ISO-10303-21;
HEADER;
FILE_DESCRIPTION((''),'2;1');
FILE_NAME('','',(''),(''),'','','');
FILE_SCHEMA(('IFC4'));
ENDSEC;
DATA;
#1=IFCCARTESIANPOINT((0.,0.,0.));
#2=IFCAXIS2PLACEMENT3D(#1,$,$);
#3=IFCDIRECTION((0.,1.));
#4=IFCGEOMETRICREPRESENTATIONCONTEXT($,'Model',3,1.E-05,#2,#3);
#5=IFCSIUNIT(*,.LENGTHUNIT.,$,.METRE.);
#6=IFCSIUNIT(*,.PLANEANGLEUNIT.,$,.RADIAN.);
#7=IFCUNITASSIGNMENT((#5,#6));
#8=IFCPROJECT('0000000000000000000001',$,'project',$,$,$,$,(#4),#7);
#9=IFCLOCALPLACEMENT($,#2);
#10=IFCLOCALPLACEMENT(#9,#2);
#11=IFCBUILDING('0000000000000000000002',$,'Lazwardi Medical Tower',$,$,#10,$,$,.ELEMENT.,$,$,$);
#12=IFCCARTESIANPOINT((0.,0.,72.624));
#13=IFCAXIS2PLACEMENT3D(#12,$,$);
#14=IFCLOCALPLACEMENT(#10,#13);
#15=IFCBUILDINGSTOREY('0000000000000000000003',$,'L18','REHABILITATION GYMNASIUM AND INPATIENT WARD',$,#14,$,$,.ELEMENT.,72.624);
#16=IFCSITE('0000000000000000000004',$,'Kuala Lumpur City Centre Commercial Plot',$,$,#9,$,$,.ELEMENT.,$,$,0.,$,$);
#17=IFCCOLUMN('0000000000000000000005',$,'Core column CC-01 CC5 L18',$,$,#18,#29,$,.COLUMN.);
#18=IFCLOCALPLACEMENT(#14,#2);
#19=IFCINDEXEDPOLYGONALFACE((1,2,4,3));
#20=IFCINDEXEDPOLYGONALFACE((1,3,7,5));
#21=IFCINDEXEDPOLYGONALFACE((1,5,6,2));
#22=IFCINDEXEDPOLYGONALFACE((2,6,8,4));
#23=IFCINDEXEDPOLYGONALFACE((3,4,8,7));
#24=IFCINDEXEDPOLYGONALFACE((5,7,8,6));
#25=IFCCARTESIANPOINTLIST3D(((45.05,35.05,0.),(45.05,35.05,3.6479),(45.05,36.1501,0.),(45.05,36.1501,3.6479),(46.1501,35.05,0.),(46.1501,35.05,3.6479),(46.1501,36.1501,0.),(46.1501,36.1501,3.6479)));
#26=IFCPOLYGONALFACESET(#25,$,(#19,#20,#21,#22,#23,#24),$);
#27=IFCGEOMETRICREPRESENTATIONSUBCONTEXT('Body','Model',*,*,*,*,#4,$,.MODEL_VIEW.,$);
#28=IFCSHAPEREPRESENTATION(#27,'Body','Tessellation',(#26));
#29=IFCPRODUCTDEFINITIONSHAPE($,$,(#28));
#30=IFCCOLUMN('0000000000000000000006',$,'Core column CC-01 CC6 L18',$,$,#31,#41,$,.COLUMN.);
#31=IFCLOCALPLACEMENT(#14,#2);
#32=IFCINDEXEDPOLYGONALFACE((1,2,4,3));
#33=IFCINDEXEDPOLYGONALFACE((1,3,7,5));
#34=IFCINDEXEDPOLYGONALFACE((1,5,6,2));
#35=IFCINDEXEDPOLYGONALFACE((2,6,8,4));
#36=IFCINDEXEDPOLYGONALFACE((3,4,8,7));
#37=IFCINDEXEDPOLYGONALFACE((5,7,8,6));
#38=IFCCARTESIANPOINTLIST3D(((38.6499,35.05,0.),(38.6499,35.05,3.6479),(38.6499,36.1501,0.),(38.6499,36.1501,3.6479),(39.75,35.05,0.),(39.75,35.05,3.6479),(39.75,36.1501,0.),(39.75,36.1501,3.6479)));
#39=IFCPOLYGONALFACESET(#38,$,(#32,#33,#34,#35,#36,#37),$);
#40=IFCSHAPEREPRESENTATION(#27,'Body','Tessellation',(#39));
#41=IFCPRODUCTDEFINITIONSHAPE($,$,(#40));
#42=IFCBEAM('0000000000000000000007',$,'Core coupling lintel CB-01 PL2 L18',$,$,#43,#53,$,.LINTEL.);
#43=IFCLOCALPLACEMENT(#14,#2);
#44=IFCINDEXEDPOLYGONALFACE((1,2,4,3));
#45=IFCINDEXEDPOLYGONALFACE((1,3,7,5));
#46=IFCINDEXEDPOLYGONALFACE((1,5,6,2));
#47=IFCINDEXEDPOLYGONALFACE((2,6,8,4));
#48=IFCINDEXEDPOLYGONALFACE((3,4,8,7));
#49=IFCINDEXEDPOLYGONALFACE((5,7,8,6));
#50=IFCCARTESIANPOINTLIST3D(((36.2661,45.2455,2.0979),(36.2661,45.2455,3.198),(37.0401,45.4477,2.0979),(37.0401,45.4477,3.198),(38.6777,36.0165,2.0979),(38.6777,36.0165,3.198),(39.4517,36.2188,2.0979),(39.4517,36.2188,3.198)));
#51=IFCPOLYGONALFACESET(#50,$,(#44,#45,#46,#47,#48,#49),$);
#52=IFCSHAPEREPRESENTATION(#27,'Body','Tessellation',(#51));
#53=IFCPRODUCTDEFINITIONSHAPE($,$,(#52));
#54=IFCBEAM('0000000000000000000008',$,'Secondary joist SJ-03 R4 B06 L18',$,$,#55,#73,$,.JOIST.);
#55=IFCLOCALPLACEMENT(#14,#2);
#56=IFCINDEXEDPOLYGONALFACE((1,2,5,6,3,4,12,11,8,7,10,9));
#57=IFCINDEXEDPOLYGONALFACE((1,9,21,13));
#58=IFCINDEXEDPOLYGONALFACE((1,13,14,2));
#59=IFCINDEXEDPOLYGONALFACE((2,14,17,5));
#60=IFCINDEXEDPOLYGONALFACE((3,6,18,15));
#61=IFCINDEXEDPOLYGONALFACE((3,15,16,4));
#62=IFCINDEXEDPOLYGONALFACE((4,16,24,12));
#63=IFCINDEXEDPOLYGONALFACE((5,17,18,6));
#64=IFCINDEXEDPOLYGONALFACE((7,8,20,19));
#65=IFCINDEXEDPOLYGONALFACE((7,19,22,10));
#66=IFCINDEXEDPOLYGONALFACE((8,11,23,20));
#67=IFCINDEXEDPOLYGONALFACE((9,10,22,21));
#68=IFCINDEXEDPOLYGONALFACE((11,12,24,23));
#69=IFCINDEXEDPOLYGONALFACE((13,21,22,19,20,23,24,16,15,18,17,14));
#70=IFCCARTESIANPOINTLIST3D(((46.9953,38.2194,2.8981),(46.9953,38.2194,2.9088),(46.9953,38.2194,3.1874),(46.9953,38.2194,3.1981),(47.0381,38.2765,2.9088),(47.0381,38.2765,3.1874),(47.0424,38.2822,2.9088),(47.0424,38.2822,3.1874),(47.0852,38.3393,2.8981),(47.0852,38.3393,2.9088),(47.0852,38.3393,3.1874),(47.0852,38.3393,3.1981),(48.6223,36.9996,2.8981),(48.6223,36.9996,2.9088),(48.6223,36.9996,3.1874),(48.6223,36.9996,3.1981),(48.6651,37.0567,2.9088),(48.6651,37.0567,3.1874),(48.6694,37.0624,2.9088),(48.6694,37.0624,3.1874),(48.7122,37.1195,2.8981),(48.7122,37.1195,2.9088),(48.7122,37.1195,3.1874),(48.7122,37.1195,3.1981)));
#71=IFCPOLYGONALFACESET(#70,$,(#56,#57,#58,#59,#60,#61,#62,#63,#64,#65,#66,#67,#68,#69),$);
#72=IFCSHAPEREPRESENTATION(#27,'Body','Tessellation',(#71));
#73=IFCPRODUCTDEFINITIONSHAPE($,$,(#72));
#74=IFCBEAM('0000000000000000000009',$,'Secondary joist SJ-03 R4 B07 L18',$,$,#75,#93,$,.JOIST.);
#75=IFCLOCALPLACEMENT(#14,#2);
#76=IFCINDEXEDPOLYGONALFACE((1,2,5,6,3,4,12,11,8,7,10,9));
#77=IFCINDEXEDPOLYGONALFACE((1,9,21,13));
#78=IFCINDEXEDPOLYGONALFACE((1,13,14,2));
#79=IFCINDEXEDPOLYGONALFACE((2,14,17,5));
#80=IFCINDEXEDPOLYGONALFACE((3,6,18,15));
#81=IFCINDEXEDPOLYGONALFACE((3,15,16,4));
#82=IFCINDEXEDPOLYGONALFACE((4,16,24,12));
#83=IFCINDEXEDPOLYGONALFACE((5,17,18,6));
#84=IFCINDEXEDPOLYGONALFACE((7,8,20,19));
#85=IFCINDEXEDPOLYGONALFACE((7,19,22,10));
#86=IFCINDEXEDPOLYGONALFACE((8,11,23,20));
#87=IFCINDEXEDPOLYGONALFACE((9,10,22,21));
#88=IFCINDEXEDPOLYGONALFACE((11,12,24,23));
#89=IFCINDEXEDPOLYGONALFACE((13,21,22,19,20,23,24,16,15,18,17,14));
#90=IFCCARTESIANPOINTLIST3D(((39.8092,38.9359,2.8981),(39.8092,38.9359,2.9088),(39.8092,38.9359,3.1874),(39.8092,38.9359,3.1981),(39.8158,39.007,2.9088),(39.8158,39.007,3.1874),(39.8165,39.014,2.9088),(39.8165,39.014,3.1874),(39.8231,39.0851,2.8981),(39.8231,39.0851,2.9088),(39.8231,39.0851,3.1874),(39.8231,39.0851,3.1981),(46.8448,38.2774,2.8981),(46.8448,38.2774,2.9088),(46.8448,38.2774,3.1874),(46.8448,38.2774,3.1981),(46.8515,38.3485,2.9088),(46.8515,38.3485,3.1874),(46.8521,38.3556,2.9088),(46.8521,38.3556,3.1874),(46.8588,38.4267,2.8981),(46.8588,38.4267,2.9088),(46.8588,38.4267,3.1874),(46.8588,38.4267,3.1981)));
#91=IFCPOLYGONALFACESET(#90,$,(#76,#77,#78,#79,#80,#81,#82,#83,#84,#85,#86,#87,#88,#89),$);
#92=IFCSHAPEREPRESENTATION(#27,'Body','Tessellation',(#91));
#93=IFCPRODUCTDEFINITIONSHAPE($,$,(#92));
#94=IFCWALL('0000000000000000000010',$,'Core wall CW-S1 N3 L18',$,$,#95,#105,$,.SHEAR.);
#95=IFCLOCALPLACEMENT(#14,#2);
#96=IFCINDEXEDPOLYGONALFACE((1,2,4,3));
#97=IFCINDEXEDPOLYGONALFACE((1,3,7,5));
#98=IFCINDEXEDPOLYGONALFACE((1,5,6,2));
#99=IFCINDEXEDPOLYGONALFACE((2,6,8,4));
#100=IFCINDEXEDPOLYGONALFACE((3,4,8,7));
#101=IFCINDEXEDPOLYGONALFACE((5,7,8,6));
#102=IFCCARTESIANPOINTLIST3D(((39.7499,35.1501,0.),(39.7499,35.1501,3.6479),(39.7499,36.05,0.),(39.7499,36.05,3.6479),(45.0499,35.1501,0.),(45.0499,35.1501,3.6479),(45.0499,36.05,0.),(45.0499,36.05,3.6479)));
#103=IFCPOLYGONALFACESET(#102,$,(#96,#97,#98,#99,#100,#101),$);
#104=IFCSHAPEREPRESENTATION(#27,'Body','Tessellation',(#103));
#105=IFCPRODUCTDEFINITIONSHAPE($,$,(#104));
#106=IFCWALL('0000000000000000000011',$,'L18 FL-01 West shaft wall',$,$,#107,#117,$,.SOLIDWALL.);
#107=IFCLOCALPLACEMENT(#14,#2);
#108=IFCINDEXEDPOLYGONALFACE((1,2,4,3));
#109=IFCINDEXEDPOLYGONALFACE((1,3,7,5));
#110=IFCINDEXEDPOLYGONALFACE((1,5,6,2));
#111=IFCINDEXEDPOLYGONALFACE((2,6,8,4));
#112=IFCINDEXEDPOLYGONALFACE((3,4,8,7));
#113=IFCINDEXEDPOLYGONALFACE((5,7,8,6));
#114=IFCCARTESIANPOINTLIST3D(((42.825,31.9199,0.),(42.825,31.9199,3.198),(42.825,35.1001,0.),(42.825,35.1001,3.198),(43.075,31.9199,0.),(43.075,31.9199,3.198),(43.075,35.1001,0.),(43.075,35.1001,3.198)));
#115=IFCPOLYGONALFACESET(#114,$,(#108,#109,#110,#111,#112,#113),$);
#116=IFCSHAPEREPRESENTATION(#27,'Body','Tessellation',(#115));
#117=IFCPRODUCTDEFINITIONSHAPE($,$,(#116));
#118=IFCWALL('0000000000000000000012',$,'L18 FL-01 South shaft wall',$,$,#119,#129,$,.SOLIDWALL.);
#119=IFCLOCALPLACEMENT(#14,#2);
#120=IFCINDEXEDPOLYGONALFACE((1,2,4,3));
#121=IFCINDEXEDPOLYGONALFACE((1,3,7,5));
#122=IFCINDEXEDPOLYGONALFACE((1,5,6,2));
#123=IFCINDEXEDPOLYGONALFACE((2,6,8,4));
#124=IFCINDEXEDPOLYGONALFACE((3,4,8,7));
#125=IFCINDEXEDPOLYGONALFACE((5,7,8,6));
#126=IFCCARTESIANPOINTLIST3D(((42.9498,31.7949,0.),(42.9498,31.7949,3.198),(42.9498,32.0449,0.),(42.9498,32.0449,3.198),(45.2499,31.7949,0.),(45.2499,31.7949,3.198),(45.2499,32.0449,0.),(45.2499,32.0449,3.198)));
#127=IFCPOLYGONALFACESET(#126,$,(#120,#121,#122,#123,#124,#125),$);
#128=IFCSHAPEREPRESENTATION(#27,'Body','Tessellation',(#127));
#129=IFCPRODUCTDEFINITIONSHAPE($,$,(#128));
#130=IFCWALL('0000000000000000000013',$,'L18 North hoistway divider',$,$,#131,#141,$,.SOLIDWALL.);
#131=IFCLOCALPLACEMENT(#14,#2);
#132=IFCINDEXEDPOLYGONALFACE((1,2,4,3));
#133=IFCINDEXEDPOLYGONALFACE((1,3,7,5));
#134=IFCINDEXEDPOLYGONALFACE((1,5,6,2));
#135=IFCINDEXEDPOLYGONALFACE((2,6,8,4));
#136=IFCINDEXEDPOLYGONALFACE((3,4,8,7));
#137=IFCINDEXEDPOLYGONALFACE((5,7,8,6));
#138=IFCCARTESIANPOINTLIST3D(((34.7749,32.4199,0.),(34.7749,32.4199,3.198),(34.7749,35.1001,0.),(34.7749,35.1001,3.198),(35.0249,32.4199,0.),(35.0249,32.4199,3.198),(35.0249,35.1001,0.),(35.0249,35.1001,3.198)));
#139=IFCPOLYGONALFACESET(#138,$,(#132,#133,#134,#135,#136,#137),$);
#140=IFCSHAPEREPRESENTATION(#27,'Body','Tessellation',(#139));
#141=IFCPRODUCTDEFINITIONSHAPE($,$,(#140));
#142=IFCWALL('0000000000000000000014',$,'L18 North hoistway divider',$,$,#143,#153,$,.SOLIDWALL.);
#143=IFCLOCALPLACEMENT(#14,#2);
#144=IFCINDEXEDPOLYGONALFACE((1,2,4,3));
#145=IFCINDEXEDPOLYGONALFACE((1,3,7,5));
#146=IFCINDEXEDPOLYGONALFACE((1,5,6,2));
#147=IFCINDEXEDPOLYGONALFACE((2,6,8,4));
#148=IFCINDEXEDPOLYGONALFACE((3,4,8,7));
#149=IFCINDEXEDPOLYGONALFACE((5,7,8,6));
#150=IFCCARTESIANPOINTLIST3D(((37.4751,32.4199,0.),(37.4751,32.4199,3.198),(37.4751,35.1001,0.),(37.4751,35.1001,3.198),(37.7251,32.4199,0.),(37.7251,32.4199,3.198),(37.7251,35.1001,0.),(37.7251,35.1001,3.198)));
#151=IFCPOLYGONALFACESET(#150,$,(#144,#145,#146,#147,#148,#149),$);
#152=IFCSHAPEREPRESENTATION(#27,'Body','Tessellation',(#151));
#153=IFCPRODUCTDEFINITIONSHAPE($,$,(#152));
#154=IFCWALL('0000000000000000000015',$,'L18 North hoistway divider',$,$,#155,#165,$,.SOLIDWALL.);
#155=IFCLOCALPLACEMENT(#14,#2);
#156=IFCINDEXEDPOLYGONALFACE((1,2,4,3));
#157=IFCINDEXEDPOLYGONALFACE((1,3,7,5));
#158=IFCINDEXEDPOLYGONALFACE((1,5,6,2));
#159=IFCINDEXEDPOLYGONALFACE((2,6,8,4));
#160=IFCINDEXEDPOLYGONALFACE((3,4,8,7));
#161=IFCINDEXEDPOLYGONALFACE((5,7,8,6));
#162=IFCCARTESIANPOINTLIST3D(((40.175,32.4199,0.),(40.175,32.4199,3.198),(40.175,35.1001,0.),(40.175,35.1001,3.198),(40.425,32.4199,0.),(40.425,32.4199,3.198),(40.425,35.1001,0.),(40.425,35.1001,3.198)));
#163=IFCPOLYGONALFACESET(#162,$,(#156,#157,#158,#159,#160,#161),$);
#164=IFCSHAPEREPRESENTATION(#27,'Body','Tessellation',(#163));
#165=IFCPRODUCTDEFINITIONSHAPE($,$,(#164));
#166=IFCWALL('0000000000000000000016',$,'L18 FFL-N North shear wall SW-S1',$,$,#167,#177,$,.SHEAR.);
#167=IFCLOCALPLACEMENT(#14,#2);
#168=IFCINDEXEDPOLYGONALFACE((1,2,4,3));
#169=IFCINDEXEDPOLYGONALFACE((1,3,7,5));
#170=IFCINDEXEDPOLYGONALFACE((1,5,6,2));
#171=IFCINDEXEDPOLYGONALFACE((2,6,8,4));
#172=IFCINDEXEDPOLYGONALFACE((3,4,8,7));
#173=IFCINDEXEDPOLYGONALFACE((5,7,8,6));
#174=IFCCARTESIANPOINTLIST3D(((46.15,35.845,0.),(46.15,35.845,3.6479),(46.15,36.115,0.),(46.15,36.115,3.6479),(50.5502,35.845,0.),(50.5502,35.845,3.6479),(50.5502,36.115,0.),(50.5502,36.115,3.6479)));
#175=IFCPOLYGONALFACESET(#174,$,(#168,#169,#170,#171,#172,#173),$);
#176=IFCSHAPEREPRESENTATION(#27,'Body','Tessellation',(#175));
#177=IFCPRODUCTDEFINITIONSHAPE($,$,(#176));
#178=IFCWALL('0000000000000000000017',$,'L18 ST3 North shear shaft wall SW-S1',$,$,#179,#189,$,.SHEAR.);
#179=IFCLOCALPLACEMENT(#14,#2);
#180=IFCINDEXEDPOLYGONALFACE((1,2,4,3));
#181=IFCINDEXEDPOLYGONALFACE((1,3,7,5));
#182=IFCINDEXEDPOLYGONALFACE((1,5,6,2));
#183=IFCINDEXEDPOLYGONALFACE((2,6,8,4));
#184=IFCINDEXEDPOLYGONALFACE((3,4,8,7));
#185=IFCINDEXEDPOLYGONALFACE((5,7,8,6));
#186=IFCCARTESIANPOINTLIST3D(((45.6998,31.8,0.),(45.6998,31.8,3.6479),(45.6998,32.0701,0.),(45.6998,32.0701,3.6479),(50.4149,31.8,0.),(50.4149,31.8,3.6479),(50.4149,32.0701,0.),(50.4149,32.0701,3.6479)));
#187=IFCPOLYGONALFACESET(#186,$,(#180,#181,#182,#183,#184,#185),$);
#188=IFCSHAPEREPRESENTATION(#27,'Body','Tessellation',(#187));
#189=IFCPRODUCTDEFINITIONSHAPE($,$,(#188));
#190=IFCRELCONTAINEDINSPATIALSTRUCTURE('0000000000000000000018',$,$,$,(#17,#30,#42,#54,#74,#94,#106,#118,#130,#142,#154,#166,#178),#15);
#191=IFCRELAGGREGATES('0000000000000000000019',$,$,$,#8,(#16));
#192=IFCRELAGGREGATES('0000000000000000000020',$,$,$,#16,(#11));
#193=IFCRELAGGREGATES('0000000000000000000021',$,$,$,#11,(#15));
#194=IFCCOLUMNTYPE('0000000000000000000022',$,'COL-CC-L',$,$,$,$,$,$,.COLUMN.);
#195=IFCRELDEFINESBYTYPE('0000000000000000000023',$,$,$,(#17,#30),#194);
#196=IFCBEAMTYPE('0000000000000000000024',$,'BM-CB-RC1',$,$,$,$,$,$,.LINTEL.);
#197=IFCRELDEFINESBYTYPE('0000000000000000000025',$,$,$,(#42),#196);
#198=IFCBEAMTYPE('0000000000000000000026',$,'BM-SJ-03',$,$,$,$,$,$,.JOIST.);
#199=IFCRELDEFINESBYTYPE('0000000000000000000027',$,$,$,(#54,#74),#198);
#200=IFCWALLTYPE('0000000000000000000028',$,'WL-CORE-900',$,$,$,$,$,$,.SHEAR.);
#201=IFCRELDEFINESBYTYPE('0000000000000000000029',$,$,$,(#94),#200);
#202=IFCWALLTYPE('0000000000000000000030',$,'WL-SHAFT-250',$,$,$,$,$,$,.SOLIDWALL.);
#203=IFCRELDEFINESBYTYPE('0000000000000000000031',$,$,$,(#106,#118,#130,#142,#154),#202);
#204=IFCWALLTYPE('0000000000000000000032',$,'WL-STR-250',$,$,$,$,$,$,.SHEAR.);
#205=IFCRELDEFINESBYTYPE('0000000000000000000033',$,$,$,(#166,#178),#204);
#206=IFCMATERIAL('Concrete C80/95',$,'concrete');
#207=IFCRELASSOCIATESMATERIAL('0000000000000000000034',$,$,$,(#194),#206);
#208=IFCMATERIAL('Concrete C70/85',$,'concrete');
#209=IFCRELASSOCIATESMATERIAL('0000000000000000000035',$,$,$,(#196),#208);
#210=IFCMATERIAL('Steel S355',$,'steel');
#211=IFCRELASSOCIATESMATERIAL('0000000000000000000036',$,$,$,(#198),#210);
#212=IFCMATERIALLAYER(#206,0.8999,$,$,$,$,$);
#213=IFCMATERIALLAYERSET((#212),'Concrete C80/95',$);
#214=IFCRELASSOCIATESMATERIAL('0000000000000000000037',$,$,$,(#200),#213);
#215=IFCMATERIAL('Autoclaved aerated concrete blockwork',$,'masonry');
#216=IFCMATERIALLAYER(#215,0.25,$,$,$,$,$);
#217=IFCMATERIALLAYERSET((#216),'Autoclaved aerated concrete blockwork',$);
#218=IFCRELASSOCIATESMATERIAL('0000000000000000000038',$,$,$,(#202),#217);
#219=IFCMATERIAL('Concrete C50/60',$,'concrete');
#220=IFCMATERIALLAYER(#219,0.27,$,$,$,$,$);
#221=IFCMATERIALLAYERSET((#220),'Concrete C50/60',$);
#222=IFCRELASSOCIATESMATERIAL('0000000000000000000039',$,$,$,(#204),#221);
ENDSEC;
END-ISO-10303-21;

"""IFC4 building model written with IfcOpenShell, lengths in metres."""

from ifc_helpers import new_model, si_unit, direction, frame, frame_2d, origin, origin_2d, place, context, subcontext, project, spatial, rectangle, i_section, extrude, material, layer, layer_set, material_profile, profile_set, type_object, element, save


model = new_model("IFC4")

# Units and contexts
model_context = context("Model", 3, precision=1e-05, world=origin(), true_north=direction((0.0, 1.0)))
body_context = subcontext(model_context, "Body", "Model", "MODEL_VIEW")
ifc_project = project(units=[si_unit("LENGTHUNIT", "METRE"), si_unit("PLANEANGLEUNIT", "RADIAN")], contexts=[model_context])

# Site, building, storey
site_placement = place(None, origin())
site = spatial("IfcSite", under=ifc_project, at=site_placement, Name="Kuala Lumpur City Centre Commercial Plot", CompositionType="ELEMENT", RefElevation=0.0)
building_placement = place(site_placement, origin())
building = spatial("IfcBuilding", under=site, at=building_placement, Name="Lazwardi Medical Tower", CompositionType="ELEMENT")
storey_placement = place(building_placement, frame((0.0, 0.0, 72.624)))
storey = spatial("IfcBuildingStorey", under=building, at=storey_placement, Name="L18", Description="REHABILITATION GYMNASIUM AND INPATIENT WARD", CompositionType="ELEMENT", Elevation=72.624)

# Columns
ifc_material_1 = material(Name="Concrete C80/95", Category="concrete")
ifc_material_profile_1 = material_profile(ifc_material_1, rectangle(XDim=1.1001, YDim=1.1001, at=origin_2d()), Name="RC 1100x1100")
ifc_profile_set_1 = profile_set([ifc_material_profile_1], Name="Concrete C80/95")
column_type = type_object("IfcColumnType", Name="COL-CC-L", PredefinedType="COLUMN", material=ifc_profile_set_1)
for number, where, z_axis, x_axis, name in (
    (1, (45.6001, 35.6001, 0.0), (0.0, 0.0, 1.0), (1.0, 0.0, 0.0), "Core column CC-01 CC5 L18"),
    (2, (39.2, 35.6001, 0.0), (0.0, 0.0, 1.0), (1.0, 0.0, 0.0), "Core column CC-01 CC6 L18"),
):
    element("IfcColumn", number, at=place(storey_placement, frame(where, z_axis=z_axis, x_axis=x_axis)), inside=storey, type_object=column_type, Name=name, PredefinedType="COLUMN", context=body_context, shape_type="SweptSolid", body=[
        extrude(rectangle(XDim=1.1001, YDim=1.1001, at=origin_2d()), origin(), (0.0, 0.0, 1.0), 3.6479),
    ])

# Beams
ifc_material_2 = material(Name="Concrete C70/85", Category="concrete")
ifc_material_profile_2 = material_profile(ifc_material_2, rectangle(XDim=0.8, YDim=1.1001, at=origin_2d()), Name="RC 800x1100")
ifc_profile_set_2 = profile_set([ifc_material_profile_2], Name="Concrete C70/85")
beam_type_1 = type_object("IfcBeamType", Name="BM-CB-RC1", PredefinedType="LINTEL", material=ifc_profile_set_2)
beam_1_placement = place(storey_placement, frame((39.0647, 36.1177, 2.6479), z_axis=(-0.25282, 0.967513, 0.0), x_axis=(-0.967513, -0.25282, 0.0)))
element("IfcBeam", 3, at=beam_1_placement, inside=storey, type_object=beam_type_1, Name="Core coupling lintel CB-01 PL2 L18", PredefinedType="LINTEL", context=body_context, shape_type="SweptSolid", body=[
    extrude(rectangle(XDim=0.8, YDim=1.1001, at=origin_2d()), origin(), (0.0, 0.0, 1.0), 9.5388),
])
ifc_material_3 = material(Name="Steel S355", Category="steel")
ifc_material_profile_3 = material_profile(ifc_material_3, i_section(OverallWidth=0.1499, OverallDepth=0.3, WebThickness=0.0071, FlangeThickness=0.0107, at=origin_2d()), Name="IPE 300")
ifc_profile_set_3 = profile_set([ifc_material_profile_3], Name="Steel S355")
beam_type_2 = type_object("IfcBeamType", Name="BM-SJ-03", PredefinedType="JOIST", material=ifc_profile_set_3)
beam_2_placement = place(storey_placement, frame((48.6672, 37.0596, 3.0481), z_axis=(-0.800115, 0.599846, 0.0), x_axis=(-0.599846, -0.800115, 0.0)))
element("IfcBeam", 4, at=beam_2_placement, inside=storey, type_object=beam_type_2, Name="Secondary joist SJ-03 R4 B06 L18", PredefinedType="JOIST", context=body_context, shape_type="SweptSolid", body=[
    extrude(i_section(OverallWidth=0.1499, OverallDepth=0.3, WebThickness=0.0071, FlangeThickness=0.0107, at=origin_2d()), origin(), (0.0, 0.0, 1.0), 2.0334),
])
beam_3_placement = place(storey_placement, frame((46.8518, 38.3521, 3.0481), z_axis=(-0.995649, 0.09318, 0.0), x_axis=(-0.09318, -0.995649, 0.0)))
element("IfcBeam", 5, at=beam_3_placement, inside=storey, type_object=beam_type_2, Name="Secondary joist SJ-03 R4 B07 L18", PredefinedType="JOIST", context=body_context, shape_type="SweptSolid", body=[
    extrude(i_section(OverallWidth=0.1499, OverallDepth=0.3, WebThickness=0.0071, FlangeThickness=0.0107, at=origin_2d()), origin(), (0.0, 0.0, 1.0), 7.0664),
])

# Walls
ifc_layer_1 = layer(ifc_material_1, 0.8999)
ifc_layer_set_1 = layer_set([ifc_layer_1], Name="Concrete C80/95")
wall_type_1 = type_object("IfcWallType", Name="WL-CORE-900", PredefinedType="SHEAR", material=ifc_layer_set_1)
wall_1_placement = place(storey_placement, frame((39.75, 35.6001, 0.0), z_axis=(0.0, 0.0, 1.0), x_axis=(1.0, 0.0, 0.0)))
element("IfcWall", 6, at=wall_1_placement, inside=storey, type_object=wall_type_1, Name="Core wall CW-S1 N3 L18", PredefinedType="SHEAR", context=body_context, shape_type="SweptSolid", body=[
    extrude(rectangle(XDim=5.3, YDim=0.8999, at=frame_2d((2.6499, 0.0))), origin(), (0.0, 0.0, 1.0), 3.6479),
])
ifc_material_4 = material(Name="Autoclaved aerated concrete blockwork", Category="masonry")
ifc_layer_2 = layer(ifc_material_4, 0.25)
ifc_layer_set_2 = layer_set([ifc_layer_2], Name="Autoclaved aerated concrete blockwork")
wall_type_2 = type_object("IfcWallType", Name="WL-SHAFT-250", PredefinedType="SOLIDWALL", material=ifc_layer_set_2)
wall_2_placement = place(storey_placement, frame((42.95, 31.9199, 0.0), z_axis=(0.0, 0.0, 1.0), x_axis=(0.0, 1.0, 0.0)))
element("IfcWall", 7, at=wall_2_placement, inside=storey, type_object=wall_type_2, Name="L18 FL-01 West shaft wall", PredefinedType="SOLIDWALL", context=body_context, shape_type="SweptSolid", body=[
    extrude(rectangle(XDim=3.1802, YDim=0.25, at=frame_2d((1.5901, 0.0))), origin(), (0.0, 0.0, 1.0), 3.198),
])
wall_3_placement = place(storey_placement, frame((42.95, 31.9199, 0.0), z_axis=(0.0, 0.0, 1.0), x_axis=(1.0, 0.0, 0.0)))
element("IfcWall", 8, at=wall_3_placement, inside=storey, type_object=wall_type_2, Name="L18 FL-01 South shaft wall", PredefinedType="SOLIDWALL", context=body_context, shape_type="SweptSolid", body=[
    extrude(rectangle(XDim=2.3, YDim=0.25, at=frame_2d((1.1499, 0.0))), origin(), (0.0, 0.0, 1.0), 3.198),
])
for number, where, z_axis, x_axis, name in (
    (9, (34.8999, 32.4199, 0.0), (0.0, 0.0, 1.0), (0.0, 1.0, 0.0), "L18 North hoistway divider"),
    (10, (37.6001, 32.4199, 0.0), (0.0, 0.0, 1.0), (0.0, 1.0, 0.0), "L18 North hoistway divider"),
    (11, (40.3, 32.4199, 0.0), (0.0, 0.0, 1.0), (0.0, 1.0, 0.0), "L18 North hoistway divider"),
):
    element("IfcWall", number, at=place(storey_placement, frame(where, z_axis=z_axis, x_axis=x_axis)), inside=storey, type_object=wall_type_2, Name=name, PredefinedType="SOLIDWALL", context=body_context, shape_type="SweptSolid", body=[
        extrude(rectangle(XDim=2.6802, YDim=0.25, at=frame_2d((1.3401, 0.0))), origin(), (0.0, 0.0, 1.0), 3.198),
    ])

# Shared definitions
ifc_material_5 = material(Name="Concrete C50/60", Category="concrete")
ifc_layer_3 = layer(ifc_material_5, 0.27)
ifc_layer_set_3 = layer_set([ifc_layer_3], Name="Concrete C50/60")
wall_type_3 = type_object("IfcWallType", Name="WL-STR-250", PredefinedType="SHEAR", material=ifc_layer_set_3)

# Walls
wall_4_placement = place(storey_placement, frame((46.1499, 35.98, 0.0), z_axis=(0.0, 0.0, 1.0), x_axis=(1.0, 0.0, 0.0)))
element("IfcWall", 12, at=wall_4_placement, inside=storey, type_object=wall_type_3, Name="L18 FFL-N North shear wall SW-S1", PredefinedType="SHEAR", context=body_context, shape_type="SweptSolid", body=[
    extrude(rectangle(XDim=4.4001, YDim=0.27, at=frame_2d((2.2002, 0.0))), origin(), (0.0, 0.0, 1.0), 3.6479),
])
wall_5_placement = place(storey_placement, frame((45.7, 31.9351, 0.0), z_axis=(0.0, 0.0, 1.0), x_axis=(1.0, 0.0, 0.0)))
element("IfcWall", 13, at=wall_5_placement, inside=storey, type_object=wall_type_3, Name="L18 ST3 North shear shaft wall SW-S1", PredefinedType="SHEAR", context=body_context, shape_type="SweptSolid", body=[
    extrude(rectangle(XDim=4.7151, YDim=0.27, at=frame_2d((2.3574, 0.0))), origin(), (0.0, 0.0, 1.0), 3.6479),
])

save(model, "model.ifc")
